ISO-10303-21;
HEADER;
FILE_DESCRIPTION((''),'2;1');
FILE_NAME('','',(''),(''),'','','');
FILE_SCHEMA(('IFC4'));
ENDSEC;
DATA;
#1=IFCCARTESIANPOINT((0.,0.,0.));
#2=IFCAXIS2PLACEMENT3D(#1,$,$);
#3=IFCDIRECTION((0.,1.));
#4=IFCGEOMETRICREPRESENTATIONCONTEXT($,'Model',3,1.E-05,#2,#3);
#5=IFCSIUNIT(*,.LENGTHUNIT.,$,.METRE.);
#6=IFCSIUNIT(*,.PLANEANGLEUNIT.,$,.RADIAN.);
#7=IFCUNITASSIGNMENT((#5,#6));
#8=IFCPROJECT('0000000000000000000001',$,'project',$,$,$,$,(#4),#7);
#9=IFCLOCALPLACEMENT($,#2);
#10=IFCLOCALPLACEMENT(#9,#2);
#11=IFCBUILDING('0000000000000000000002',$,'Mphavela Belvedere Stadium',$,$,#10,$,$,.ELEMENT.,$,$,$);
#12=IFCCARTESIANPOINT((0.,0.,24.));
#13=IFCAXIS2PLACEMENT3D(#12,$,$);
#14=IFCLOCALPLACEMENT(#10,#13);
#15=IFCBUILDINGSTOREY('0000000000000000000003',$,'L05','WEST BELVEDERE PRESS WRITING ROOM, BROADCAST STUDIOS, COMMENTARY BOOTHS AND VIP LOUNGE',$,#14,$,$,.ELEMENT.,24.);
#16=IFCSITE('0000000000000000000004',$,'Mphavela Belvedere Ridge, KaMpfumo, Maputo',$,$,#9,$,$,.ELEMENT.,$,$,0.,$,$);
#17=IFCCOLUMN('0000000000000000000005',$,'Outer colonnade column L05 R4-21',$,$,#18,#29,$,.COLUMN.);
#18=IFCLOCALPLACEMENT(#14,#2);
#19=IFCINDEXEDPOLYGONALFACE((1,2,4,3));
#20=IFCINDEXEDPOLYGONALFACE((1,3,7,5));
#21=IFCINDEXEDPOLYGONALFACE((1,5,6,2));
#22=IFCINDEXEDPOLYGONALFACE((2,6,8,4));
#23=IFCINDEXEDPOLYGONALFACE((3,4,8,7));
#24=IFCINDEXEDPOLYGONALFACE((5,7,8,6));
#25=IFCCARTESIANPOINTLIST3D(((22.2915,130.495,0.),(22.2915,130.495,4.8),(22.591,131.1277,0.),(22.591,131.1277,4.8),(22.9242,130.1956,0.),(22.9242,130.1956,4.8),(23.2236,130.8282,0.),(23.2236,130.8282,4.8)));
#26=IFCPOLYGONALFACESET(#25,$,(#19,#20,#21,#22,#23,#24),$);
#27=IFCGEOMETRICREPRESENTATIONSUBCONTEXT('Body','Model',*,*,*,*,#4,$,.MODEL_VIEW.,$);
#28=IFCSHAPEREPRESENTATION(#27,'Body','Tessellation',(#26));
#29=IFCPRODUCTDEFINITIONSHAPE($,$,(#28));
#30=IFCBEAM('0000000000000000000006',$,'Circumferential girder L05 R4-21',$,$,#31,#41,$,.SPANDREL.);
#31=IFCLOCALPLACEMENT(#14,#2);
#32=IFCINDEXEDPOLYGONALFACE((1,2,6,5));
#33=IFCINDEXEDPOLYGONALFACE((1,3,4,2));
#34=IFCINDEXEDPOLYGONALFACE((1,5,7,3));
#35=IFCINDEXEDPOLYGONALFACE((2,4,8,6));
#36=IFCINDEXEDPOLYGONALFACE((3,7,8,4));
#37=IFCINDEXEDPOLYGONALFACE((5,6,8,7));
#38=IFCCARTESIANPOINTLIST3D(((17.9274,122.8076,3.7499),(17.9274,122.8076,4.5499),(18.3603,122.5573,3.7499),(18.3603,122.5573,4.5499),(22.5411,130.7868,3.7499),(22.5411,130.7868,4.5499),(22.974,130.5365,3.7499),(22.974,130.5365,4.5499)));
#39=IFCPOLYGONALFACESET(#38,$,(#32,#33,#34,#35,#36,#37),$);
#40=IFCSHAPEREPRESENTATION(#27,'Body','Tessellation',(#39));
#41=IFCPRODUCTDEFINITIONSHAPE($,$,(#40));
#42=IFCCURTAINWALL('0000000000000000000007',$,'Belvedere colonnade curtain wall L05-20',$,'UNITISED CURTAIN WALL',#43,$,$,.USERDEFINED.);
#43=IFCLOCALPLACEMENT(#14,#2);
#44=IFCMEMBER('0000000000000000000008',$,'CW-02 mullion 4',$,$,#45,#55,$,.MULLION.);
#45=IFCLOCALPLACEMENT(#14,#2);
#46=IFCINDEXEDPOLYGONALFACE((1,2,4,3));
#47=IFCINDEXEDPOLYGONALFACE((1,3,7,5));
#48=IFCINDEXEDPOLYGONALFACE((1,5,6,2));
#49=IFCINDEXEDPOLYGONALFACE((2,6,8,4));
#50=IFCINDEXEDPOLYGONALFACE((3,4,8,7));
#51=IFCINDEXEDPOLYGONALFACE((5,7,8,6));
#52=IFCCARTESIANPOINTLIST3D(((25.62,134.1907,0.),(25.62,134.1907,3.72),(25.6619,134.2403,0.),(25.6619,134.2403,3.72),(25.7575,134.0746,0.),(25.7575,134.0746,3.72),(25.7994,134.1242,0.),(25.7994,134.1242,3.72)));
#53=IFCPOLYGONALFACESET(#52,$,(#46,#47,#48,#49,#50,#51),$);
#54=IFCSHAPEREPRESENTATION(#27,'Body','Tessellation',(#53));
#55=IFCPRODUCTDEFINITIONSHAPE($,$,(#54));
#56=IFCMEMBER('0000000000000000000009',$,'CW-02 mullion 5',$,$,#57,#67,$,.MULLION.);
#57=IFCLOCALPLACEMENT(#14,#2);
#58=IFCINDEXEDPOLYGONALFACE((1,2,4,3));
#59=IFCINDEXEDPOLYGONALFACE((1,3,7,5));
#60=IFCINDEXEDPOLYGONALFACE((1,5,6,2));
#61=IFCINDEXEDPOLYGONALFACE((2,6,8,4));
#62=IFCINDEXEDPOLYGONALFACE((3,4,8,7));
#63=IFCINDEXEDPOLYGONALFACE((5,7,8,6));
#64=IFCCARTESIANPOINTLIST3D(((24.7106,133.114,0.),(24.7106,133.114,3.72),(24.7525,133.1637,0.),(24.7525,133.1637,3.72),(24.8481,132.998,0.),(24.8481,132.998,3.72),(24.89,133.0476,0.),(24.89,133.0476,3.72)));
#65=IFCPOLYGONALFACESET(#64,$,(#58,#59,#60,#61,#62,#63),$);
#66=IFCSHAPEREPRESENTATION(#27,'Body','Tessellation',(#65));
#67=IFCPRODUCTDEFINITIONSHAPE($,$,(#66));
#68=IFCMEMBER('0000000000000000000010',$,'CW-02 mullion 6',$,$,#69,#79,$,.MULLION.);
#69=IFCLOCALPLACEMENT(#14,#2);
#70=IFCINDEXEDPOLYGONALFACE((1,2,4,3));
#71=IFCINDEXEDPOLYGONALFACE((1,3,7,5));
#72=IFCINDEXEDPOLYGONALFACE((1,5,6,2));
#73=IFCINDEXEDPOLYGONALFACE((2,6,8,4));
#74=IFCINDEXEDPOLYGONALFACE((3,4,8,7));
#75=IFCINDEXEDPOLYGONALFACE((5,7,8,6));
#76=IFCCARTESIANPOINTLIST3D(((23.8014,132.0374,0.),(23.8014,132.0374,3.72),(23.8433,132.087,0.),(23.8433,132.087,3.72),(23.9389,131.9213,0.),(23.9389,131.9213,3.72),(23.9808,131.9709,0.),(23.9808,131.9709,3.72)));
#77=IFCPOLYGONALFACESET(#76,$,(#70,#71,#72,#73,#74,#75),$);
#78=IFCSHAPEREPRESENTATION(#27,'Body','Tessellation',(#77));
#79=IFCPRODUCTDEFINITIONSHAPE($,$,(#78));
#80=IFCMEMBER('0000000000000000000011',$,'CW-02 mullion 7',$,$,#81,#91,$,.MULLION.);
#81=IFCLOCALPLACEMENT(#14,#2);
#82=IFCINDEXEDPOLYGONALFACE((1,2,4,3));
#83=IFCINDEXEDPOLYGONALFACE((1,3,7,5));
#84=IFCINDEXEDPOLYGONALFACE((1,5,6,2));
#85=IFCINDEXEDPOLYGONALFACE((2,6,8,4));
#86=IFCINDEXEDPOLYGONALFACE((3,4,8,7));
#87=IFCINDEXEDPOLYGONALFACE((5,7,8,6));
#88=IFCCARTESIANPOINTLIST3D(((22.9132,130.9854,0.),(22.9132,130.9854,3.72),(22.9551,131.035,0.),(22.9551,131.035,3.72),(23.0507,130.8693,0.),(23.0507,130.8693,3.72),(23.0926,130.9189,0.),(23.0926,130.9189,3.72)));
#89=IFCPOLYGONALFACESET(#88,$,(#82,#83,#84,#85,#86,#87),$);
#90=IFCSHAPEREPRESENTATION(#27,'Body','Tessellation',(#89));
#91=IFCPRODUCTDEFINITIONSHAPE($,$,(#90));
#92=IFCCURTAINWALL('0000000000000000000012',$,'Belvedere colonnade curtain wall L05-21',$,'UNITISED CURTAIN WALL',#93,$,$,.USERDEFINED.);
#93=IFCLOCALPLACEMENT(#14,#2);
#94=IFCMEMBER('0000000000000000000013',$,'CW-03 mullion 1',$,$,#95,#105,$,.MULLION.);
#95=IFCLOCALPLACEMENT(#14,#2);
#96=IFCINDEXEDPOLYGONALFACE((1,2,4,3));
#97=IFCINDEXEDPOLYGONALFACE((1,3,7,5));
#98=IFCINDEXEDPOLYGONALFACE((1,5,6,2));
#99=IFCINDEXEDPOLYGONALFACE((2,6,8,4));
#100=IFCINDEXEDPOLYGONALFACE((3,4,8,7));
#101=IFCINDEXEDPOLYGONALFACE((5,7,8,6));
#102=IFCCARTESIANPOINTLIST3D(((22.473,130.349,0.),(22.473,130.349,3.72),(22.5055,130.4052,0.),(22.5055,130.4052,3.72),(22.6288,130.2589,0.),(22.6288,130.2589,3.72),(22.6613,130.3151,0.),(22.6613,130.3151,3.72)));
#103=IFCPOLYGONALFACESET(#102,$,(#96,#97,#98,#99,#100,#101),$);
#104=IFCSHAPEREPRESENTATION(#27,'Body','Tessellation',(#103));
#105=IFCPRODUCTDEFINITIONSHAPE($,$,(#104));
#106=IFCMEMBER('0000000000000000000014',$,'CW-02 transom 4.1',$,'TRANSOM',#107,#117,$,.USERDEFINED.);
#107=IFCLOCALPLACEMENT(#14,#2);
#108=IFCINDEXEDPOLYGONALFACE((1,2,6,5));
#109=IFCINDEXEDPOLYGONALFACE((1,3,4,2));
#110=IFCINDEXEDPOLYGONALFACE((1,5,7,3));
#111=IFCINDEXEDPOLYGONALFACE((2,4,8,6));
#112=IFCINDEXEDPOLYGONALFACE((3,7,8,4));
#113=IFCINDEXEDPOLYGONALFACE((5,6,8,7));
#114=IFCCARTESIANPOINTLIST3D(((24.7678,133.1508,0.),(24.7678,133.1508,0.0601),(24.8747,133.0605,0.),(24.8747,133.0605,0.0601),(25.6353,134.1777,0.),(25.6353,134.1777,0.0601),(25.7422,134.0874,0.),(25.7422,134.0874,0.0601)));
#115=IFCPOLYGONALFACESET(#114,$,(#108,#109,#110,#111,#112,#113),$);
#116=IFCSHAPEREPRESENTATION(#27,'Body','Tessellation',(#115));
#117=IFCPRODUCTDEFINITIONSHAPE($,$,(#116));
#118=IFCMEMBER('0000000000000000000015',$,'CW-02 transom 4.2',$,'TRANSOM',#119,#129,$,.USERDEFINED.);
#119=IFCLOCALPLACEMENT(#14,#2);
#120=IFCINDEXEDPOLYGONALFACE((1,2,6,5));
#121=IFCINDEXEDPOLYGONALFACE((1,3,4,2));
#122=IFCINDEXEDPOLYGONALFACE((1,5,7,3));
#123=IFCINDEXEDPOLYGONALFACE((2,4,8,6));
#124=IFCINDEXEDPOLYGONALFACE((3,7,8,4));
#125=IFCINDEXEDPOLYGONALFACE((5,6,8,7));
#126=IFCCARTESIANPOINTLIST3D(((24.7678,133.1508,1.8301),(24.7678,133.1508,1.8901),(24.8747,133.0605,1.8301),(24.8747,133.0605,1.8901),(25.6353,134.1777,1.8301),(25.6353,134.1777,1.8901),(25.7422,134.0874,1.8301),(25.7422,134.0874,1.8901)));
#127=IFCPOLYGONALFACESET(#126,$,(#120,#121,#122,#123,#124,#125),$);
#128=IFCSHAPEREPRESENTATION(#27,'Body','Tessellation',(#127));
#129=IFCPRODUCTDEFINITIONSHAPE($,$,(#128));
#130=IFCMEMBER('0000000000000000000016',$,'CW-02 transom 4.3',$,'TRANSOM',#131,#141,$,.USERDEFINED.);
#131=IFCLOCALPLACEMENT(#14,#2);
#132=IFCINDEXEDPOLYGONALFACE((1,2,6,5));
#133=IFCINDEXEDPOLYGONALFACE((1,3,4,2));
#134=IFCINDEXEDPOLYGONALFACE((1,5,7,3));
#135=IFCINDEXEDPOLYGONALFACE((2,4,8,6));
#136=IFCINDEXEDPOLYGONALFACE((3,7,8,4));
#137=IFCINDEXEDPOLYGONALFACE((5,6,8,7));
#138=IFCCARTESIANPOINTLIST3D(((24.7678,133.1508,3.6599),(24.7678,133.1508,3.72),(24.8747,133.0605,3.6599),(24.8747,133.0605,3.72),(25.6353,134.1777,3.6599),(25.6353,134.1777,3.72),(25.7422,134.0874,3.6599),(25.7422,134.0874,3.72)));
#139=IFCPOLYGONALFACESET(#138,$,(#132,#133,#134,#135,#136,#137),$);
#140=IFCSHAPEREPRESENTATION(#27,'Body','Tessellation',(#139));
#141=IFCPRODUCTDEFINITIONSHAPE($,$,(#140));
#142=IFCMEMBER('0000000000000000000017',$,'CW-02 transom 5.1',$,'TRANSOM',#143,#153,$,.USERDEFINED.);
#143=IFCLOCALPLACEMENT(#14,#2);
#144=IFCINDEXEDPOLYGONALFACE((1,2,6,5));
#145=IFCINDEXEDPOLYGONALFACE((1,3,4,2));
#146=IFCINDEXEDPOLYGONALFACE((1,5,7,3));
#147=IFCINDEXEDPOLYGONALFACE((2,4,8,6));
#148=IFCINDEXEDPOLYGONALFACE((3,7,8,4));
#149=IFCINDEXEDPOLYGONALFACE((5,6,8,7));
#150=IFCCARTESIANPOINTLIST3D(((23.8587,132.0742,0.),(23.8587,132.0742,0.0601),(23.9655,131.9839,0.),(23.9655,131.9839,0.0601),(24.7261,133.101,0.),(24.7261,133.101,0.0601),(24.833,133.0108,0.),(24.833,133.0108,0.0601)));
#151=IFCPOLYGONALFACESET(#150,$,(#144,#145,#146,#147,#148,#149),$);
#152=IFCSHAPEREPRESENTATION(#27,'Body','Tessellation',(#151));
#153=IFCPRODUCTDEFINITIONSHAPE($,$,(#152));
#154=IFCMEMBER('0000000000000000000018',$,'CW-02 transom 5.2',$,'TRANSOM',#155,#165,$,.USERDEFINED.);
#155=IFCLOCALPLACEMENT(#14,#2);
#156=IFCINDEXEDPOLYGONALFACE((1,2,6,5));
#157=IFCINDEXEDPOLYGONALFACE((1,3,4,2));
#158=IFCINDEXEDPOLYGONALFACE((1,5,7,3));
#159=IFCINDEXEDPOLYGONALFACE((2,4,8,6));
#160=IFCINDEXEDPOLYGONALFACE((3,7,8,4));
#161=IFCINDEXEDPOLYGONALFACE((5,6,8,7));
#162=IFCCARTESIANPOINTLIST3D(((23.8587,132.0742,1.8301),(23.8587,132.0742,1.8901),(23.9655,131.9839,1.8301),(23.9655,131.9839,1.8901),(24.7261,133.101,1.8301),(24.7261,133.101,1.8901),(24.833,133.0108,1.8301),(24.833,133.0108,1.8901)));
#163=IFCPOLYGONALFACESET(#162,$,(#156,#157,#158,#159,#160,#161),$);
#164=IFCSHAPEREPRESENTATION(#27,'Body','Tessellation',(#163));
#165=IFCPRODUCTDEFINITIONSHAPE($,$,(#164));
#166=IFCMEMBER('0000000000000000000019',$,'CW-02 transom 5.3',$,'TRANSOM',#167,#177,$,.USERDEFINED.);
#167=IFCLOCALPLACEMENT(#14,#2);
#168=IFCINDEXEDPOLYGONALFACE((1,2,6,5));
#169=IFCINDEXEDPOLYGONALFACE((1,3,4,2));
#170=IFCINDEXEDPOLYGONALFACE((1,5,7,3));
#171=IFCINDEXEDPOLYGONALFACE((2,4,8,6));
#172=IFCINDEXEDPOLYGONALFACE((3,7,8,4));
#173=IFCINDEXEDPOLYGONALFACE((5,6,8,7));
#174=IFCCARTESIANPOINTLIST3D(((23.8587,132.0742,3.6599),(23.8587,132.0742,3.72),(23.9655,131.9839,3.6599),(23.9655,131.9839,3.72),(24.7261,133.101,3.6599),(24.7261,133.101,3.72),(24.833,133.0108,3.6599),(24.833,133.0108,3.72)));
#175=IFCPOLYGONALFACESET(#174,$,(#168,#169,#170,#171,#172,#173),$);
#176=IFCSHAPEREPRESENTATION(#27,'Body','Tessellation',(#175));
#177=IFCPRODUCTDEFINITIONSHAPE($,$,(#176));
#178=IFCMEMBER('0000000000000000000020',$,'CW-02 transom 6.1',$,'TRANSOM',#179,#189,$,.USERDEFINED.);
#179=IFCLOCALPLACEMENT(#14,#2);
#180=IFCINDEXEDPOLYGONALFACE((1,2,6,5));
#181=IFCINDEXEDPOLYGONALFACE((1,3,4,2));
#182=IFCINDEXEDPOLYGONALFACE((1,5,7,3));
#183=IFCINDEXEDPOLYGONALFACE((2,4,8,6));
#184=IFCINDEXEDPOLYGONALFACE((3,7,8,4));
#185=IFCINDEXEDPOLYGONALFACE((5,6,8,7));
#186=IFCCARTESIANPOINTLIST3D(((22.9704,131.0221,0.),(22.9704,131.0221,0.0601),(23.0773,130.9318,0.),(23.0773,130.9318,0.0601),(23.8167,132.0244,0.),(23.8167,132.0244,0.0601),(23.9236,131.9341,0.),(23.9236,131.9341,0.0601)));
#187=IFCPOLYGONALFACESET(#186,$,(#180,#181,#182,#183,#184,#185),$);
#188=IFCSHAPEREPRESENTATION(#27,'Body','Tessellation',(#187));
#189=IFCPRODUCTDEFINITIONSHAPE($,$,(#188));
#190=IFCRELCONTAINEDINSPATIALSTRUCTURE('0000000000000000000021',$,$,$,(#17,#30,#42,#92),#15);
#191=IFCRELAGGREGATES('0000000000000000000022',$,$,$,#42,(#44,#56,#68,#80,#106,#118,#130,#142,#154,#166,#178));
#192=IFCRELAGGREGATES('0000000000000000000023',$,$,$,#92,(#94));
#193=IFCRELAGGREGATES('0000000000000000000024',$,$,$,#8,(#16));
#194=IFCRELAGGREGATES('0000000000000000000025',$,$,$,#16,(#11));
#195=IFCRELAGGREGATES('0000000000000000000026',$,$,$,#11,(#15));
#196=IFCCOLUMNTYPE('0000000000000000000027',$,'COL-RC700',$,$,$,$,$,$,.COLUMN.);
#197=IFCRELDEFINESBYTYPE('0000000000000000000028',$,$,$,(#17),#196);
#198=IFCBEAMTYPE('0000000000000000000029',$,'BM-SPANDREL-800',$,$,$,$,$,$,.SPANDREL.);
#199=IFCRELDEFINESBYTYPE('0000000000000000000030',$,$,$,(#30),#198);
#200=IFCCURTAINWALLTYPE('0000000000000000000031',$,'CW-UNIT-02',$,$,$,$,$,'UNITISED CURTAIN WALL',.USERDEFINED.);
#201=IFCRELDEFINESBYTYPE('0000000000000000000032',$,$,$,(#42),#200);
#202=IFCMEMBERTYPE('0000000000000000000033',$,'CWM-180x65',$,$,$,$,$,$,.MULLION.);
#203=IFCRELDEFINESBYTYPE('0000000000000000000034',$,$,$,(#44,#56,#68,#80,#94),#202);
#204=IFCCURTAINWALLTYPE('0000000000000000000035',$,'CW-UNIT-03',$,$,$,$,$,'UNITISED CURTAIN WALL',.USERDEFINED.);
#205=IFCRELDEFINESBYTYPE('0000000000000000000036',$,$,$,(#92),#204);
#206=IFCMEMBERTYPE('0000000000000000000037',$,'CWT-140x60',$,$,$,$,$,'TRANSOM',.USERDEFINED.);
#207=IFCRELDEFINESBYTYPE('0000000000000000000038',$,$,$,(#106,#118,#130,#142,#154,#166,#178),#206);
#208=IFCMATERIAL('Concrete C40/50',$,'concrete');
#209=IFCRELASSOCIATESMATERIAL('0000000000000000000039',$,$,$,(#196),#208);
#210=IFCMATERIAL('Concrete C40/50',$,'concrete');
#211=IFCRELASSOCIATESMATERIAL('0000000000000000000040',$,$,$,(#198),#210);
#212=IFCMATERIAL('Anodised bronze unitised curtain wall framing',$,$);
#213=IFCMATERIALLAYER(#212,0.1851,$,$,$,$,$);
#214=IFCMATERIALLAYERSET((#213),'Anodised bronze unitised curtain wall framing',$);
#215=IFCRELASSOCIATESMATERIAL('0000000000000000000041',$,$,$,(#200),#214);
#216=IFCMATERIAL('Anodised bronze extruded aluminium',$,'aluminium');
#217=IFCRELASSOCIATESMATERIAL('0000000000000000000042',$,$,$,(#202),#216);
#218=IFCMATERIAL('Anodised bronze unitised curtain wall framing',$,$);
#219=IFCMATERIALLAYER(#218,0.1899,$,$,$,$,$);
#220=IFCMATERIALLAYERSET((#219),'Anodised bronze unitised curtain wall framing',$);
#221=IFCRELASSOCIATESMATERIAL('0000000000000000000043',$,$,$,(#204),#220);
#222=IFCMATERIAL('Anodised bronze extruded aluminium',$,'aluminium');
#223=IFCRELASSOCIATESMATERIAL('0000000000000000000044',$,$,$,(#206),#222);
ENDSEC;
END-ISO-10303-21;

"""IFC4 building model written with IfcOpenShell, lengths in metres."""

from ifc_helpers import new_model, si_unit, direction, frame, origin, origin_2d, place, context, subcontext, project, spatial, rectangle, extrude, material, layer, layer_set, material_profile, profile_set, type_object, element, aggregate, save


model = new_model("IFC4")

# Units and contexts
model_context = context("Model", 3, precision=1e-05, world=origin(), true_north=direction((0.0, 1.0)))
body_context = subcontext(model_context, "Body", "Model", "MODEL_VIEW")
ifc_project = project(units=[si_unit("LENGTHUNIT", "METRE"), si_unit("PLANEANGLEUNIT", "RADIAN")], contexts=[model_context])

# Site, building, storey
site_placement = place(None, origin())
site = spatial("IfcSite", under=ifc_project, at=site_placement, Name="Mphavela Belvedere Ridge, KaMpfumo, Maputo", CompositionType="ELEMENT", RefElevation=0.0)
building_placement = place(site_placement, origin())
building = spatial("IfcBuilding", under=site, at=building_placement, Name="Mphavela Belvedere Stadium", CompositionType="ELEMENT")
storey_placement = place(building_placement, frame((0.0, 0.0, 24.0)))
storey = spatial("IfcBuildingStorey", under=building, at=storey_placement, Name="L05", Description="WEST BELVEDERE PRESS WRITING ROOM, BROADCAST STUDIOS, COMMENTARY BOOTHS AND VIP LOUNGE", CompositionType="ELEMENT", Elevation=24.0)

# Column
ifc_material_1 = material(Name="Concrete C40/50", Category="concrete")
ifc_material_profile_1 = material_profile(ifc_material_1, rectangle(XDim=0.7, YDim=0.7, at=origin_2d()), Name="RC 700x700")
ifc_profile_set_1 = profile_set([ifc_material_profile_1], Name="Concrete C40/50")
column_type = type_object("IfcColumnType", Name="COL-RC700", PredefinedType="COLUMN", material=ifc_profile_set_1)
column_placement = place(storey_placement, frame((22.7576, 130.6616, 0.0), z_axis=(0.0, 0.0, 1.0), x_axis=(-0.903859, 0.427831, 0.0)))
element("IfcColumn", 1, at=column_placement, inside=storey, type_object=column_type, Name="Outer colonnade column L05 R4-21", PredefinedType="COLUMN", context=body_context, shape_type="SweptSolid", body=[
    extrude(rectangle(XDim=0.7, YDim=0.7, at=origin_2d()), origin(), (0.0, 0.0, 1.0), 4.8),
])

# Beam
ifc_material_2 = material(Name="Concrete C40/50", Category="concrete")
ifc_material_profile_2 = material_profile(ifc_material_2, rectangle(XDim=0.5, YDim=0.8, at=origin_2d()), Name="RC 500x800")
ifc_profile_set_2 = profile_set([ifc_material_profile_2], Name="Concrete C40/50")
beam_type = type_object("IfcBeamType", Name="BM-SPANDREL-800", PredefinedType="SPANDREL", material=ifc_profile_set_2)
beam_placement = place(storey_placement, frame((22.7576, 130.6616, 4.1499), z_axis=(-0.500565, -0.865699, 0.0), x_axis=(0.865699, -0.500565, 0.0)))
element("IfcBeam", 2, at=beam_placement, inside=storey, type_object=beam_type, Name="Circumferential girder L05 R4-21", PredefinedType="SPANDREL", context=body_context, shape_type="SweptSolid", body=[
    extrude(rectangle(XDim=0.5, YDim=0.8, at=origin_2d()), origin(), (0.0, 0.0, 1.0), 9.217),
])

# Curtain wall, members
ifc_material_3 = material(Name="Anodised bronze unitised curtain wall framing")
ifc_layer_1 = layer(ifc_material_3, 0.1851)
ifc_layer_set_1 = layer_set([ifc_layer_1], Name="Anodised bronze unitised curtain wall framing")
curtain_wall_type_1 = type_object("IfcCurtainWallType", Name="CW-UNIT-02", ElementType="UNITISED CURTAIN WALL", PredefinedType="USERDEFINED", material=ifc_layer_set_1)
curtain_wall_1_placement = place(storey_placement, origin())
curtain_wall_1 = element("IfcCurtainWall", 3, at=curtain_wall_1_placement, inside=storey, type_object=curtain_wall_type_1, Name="Belvedere colonnade curtain wall L05-20", ObjectType="UNITISED CURTAIN WALL", PredefinedType="USERDEFINED")
ifc_material_4 = material(Name="Anodised bronze extruded aluminium", Category="aluminium")
ifc_material_profile_3 = material_profile(ifc_material_4, rectangle(XDim=0.1799, YDim=0.0649, at=origin_2d()), Name="CW-MUL 180x65")
ifc_profile_set_3 = profile_set([ifc_material_profile_3], Name="Anodised bronze extruded aluminium")
member_type_1 = type_object("IfcMemberType", Name="CWM-180x65", PredefinedType="MULLION", material=ifc_profile_set_3)
member_1_placement = place(storey_placement, frame((25.7097, 134.1575, 0.0), z_axis=(0.0, 0.0, 1.0), x_axis=(0.764035, -0.645175, 0.0)))
member_1 = element("IfcMember", 4, at=member_1_placement, type_object=member_type_1, Name="CW-02 mullion 4", PredefinedType="MULLION", context=body_context, shape_type="SweptSolid", body=[
    extrude(rectangle(XDim=0.1799, YDim=0.0649, at=origin_2d()), origin(), (0.0, 0.0, 1.0), 3.72),
])
member_2_placement = place(storey_placement, frame((24.8003, 133.0808, 0.0), z_axis=(0.0, 0.0, 1.0), x_axis=(0.764035, -0.645175, 0.0)))
member_2 = element("IfcMember", 5, at=member_2_placement, type_object=member_type_1, Name="CW-02 mullion 5", PredefinedType="MULLION", context=body_context, shape_type="SweptSolid", body=[
    extrude(rectangle(XDim=0.1799, YDim=0.0649, at=origin_2d()), origin(), (0.0, 0.0, 1.0), 3.72),
])
member_3_placement = place(storey_placement, frame((23.8911, 132.0042, 0.0), z_axis=(0.0, 0.0, 1.0), x_axis=(0.764035, -0.645175, 0.0)))
member_3 = element("IfcMember", 6, at=member_3_placement, type_object=member_type_1, Name="CW-02 mullion 6", PredefinedType="MULLION", context=body_context, shape_type="SweptSolid", body=[
    extrude(rectangle(XDim=0.1799, YDim=0.0649, at=origin_2d()), origin(), (0.0, 0.0, 1.0), 3.72),
])
member_4_placement = place(storey_placement, frame((23.0029, 130.9521, 0.0), z_axis=(0.0, 0.0, 1.0), x_axis=(0.764035, -0.645175, 0.0)))
member_4 = element("IfcMember", 7, at=member_4_placement, type_object=member_type_1, Name="CW-02 mullion 7", PredefinedType="MULLION", context=body_context, shape_type="SweptSolid", body=[
    extrude(rectangle(XDim=0.1799, YDim=0.0649, at=origin_2d()), origin(), (0.0, 0.0, 1.0), 3.72),
])

# Curtain wall, member
ifc_material_5 = material(Name="Anodised bronze unitised curtain wall framing")
ifc_layer_2 = layer(ifc_material_5, 0.1899)
ifc_layer_set_2 = layer_set([ifc_layer_2], Name="Anodised bronze unitised curtain wall framing")
curtain_wall_type_2 = type_object("IfcCurtainWallType", Name="CW-UNIT-03", ElementType="UNITISED CURTAIN WALL", PredefinedType="USERDEFINED", material=ifc_layer_set_2)
curtain_wall_2_placement = place(storey_placement, origin())
curtain_wall_2 = element("IfcCurtainWall", 8, at=curtain_wall_2_placement, inside=storey, type_object=curtain_wall_type_2, Name="Belvedere colonnade curtain wall L05-21", ObjectType="UNITISED CURTAIN WALL", PredefinedType="USERDEFINED")
member_5_placement = place(storey_placement, frame((22.5671, 130.332, 0.0), z_axis=(0.0, 0.0, 1.0), x_axis=(0.865704, -0.500556, 0.0)))
member_5 = element("IfcMember", 9, at=member_5_placement, type_object=member_type_1, Name="CW-03 mullion 1", PredefinedType="MULLION", context=body_context, shape_type="SweptSolid", body=[
    extrude(rectangle(XDim=0.1799, YDim=0.0649, at=origin_2d()), origin(), (0.0, 0.0, 1.0), 3.72),
])

# Members
ifc_material_6 = material(Name="Anodised bronze extruded aluminium", Category="aluminium")
ifc_material_profile_4 = material_profile(ifc_material_6, rectangle(XDim=0.1399, YDim=0.0601, at=origin_2d()), Name="CW-TRN 140x60")
ifc_profile_set_4 = profile_set([ifc_material_profile_4], Name="Anodised bronze extruded aluminium")
member_type_2 = type_object("IfcMemberType", Name="CWT-140x60", ElementType="TRANSOM", PredefinedType="USERDEFINED", material=ifc_profile_set_4)
member_6_placement = place(storey_placement, frame((25.6887, 134.1326, 0.03), z_axis=(-0.645315, -0.763916, 0.0), x_axis=(0.763916, -0.645315, 0.0)))
member_6 = element("IfcMember", 10, at=member_6_placement, type_object=member_type_2, Name="CW-02 transom 4.1", ObjectType="TRANSOM", PredefinedType="USERDEFINED", context=body_context, shape_type="SweptSolid", body=[
    extrude(rectangle(XDim=0.1399, YDim=0.0601, at=origin_2d()), origin(), (0.0, 0.0, 1.0), 1.3442),
])
member_7_placement = place(storey_placement, frame((25.6887, 134.1326, 1.8601), z_axis=(-0.645315, -0.763916, 0.0), x_axis=(0.763916, -0.645315, 0.0)))
member_7 = element("IfcMember", 11, at=member_7_placement, type_object=member_type_2, Name="CW-02 transom 4.2", ObjectType="TRANSOM", PredefinedType="USERDEFINED", context=body_context, shape_type="SweptSolid", body=[
    extrude(rectangle(XDim=0.1399, YDim=0.0601, at=origin_2d()), origin(), (0.0, 0.0, 1.0), 1.3442),
])
member_8_placement = place(storey_placement, frame((25.6887, 134.1326, 3.6899), z_axis=(-0.645315, -0.763916, 0.0), x_axis=(0.763916, -0.645315, 0.0)))
member_8 = element("IfcMember", 12, at=member_8_placement, type_object=member_type_2, Name="CW-02 transom 4.3", ObjectType="TRANSOM", PredefinedType="USERDEFINED", context=body_context, shape_type="SweptSolid", body=[
    extrude(rectangle(XDim=0.1399, YDim=0.0601, at=origin_2d()), origin(), (0.0, 0.0, 1.0), 1.3442),
])
member_9_placement = place(storey_placement, frame((24.7795, 133.0559, 0.03), z_axis=(-0.645315, -0.763916, 0.0), x_axis=(0.763916, -0.645315, 0.0)))
member_9 = element("IfcMember", 13, at=member_9_placement, type_object=member_type_2, Name="CW-02 transom 5.1", ObjectType="TRANSOM", PredefinedType="USERDEFINED", context=body_context, shape_type="SweptSolid", body=[
    extrude(rectangle(XDim=0.1399, YDim=0.0601, at=origin_2d()), origin(), (0.0, 0.0, 1.0), 1.3442),
])
member_10_placement = place(storey_placement, frame((24.7795, 133.0559, 1.8601), z_axis=(-0.645315, -0.763916, 0.0), x_axis=(0.763916, -0.645315, 0.0)))
member_10 = element("IfcMember", 14, at=member_10_placement, type_object=member_type_2, Name="CW-02 transom 5.2", ObjectType="TRANSOM", PredefinedType="USERDEFINED", context=body_context, shape_type="SweptSolid", body=[
    extrude(rectangle(XDim=0.1399, YDim=0.0601, at=origin_2d()), origin(), (0.0, 0.0, 1.0), 1.3442),
])
member_11_placement = place(storey_placement, frame((24.7795, 133.0559, 3.6899), z_axis=(-0.645315, -0.763916, 0.0), x_axis=(0.763916, -0.645315, 0.0)))
member_11 = element("IfcMember", 15, at=member_11_placement, type_object=member_type_2, Name="CW-02 transom 5.3", ObjectType="TRANSOM", PredefinedType="USERDEFINED", context=body_context, shape_type="SweptSolid", body=[
    extrude(rectangle(XDim=0.1399, YDim=0.0601, at=origin_2d()), origin(), (0.0, 0.0, 1.0), 1.3442),
])
member_12_placement = place(storey_placement, frame((23.8701, 131.9792, 0.03), z_axis=(-0.645133, -0.764071, 0.0), x_axis=(0.764071, -0.645133, 0.0)))
member_12 = element("IfcMember", 16, at=member_12_placement, type_object=member_type_2, Name="CW-02 transom 6.1", ObjectType="TRANSOM", PredefinedType="USERDEFINED", context=body_context, shape_type="SweptSolid", body=[
    extrude(rectangle(XDim=0.1399, YDim=0.0601, at=origin_2d()), origin(), (0.0, 0.0, 1.0), 1.3118),
])

aggregate(curtain_wall_1, [member_1, member_2, member_3, member_4, member_6, member_7, member_8, member_9, member_10, member_11, member_12])
aggregate(curtain_wall_2, [member_5])

save(model, "model.ifc")
